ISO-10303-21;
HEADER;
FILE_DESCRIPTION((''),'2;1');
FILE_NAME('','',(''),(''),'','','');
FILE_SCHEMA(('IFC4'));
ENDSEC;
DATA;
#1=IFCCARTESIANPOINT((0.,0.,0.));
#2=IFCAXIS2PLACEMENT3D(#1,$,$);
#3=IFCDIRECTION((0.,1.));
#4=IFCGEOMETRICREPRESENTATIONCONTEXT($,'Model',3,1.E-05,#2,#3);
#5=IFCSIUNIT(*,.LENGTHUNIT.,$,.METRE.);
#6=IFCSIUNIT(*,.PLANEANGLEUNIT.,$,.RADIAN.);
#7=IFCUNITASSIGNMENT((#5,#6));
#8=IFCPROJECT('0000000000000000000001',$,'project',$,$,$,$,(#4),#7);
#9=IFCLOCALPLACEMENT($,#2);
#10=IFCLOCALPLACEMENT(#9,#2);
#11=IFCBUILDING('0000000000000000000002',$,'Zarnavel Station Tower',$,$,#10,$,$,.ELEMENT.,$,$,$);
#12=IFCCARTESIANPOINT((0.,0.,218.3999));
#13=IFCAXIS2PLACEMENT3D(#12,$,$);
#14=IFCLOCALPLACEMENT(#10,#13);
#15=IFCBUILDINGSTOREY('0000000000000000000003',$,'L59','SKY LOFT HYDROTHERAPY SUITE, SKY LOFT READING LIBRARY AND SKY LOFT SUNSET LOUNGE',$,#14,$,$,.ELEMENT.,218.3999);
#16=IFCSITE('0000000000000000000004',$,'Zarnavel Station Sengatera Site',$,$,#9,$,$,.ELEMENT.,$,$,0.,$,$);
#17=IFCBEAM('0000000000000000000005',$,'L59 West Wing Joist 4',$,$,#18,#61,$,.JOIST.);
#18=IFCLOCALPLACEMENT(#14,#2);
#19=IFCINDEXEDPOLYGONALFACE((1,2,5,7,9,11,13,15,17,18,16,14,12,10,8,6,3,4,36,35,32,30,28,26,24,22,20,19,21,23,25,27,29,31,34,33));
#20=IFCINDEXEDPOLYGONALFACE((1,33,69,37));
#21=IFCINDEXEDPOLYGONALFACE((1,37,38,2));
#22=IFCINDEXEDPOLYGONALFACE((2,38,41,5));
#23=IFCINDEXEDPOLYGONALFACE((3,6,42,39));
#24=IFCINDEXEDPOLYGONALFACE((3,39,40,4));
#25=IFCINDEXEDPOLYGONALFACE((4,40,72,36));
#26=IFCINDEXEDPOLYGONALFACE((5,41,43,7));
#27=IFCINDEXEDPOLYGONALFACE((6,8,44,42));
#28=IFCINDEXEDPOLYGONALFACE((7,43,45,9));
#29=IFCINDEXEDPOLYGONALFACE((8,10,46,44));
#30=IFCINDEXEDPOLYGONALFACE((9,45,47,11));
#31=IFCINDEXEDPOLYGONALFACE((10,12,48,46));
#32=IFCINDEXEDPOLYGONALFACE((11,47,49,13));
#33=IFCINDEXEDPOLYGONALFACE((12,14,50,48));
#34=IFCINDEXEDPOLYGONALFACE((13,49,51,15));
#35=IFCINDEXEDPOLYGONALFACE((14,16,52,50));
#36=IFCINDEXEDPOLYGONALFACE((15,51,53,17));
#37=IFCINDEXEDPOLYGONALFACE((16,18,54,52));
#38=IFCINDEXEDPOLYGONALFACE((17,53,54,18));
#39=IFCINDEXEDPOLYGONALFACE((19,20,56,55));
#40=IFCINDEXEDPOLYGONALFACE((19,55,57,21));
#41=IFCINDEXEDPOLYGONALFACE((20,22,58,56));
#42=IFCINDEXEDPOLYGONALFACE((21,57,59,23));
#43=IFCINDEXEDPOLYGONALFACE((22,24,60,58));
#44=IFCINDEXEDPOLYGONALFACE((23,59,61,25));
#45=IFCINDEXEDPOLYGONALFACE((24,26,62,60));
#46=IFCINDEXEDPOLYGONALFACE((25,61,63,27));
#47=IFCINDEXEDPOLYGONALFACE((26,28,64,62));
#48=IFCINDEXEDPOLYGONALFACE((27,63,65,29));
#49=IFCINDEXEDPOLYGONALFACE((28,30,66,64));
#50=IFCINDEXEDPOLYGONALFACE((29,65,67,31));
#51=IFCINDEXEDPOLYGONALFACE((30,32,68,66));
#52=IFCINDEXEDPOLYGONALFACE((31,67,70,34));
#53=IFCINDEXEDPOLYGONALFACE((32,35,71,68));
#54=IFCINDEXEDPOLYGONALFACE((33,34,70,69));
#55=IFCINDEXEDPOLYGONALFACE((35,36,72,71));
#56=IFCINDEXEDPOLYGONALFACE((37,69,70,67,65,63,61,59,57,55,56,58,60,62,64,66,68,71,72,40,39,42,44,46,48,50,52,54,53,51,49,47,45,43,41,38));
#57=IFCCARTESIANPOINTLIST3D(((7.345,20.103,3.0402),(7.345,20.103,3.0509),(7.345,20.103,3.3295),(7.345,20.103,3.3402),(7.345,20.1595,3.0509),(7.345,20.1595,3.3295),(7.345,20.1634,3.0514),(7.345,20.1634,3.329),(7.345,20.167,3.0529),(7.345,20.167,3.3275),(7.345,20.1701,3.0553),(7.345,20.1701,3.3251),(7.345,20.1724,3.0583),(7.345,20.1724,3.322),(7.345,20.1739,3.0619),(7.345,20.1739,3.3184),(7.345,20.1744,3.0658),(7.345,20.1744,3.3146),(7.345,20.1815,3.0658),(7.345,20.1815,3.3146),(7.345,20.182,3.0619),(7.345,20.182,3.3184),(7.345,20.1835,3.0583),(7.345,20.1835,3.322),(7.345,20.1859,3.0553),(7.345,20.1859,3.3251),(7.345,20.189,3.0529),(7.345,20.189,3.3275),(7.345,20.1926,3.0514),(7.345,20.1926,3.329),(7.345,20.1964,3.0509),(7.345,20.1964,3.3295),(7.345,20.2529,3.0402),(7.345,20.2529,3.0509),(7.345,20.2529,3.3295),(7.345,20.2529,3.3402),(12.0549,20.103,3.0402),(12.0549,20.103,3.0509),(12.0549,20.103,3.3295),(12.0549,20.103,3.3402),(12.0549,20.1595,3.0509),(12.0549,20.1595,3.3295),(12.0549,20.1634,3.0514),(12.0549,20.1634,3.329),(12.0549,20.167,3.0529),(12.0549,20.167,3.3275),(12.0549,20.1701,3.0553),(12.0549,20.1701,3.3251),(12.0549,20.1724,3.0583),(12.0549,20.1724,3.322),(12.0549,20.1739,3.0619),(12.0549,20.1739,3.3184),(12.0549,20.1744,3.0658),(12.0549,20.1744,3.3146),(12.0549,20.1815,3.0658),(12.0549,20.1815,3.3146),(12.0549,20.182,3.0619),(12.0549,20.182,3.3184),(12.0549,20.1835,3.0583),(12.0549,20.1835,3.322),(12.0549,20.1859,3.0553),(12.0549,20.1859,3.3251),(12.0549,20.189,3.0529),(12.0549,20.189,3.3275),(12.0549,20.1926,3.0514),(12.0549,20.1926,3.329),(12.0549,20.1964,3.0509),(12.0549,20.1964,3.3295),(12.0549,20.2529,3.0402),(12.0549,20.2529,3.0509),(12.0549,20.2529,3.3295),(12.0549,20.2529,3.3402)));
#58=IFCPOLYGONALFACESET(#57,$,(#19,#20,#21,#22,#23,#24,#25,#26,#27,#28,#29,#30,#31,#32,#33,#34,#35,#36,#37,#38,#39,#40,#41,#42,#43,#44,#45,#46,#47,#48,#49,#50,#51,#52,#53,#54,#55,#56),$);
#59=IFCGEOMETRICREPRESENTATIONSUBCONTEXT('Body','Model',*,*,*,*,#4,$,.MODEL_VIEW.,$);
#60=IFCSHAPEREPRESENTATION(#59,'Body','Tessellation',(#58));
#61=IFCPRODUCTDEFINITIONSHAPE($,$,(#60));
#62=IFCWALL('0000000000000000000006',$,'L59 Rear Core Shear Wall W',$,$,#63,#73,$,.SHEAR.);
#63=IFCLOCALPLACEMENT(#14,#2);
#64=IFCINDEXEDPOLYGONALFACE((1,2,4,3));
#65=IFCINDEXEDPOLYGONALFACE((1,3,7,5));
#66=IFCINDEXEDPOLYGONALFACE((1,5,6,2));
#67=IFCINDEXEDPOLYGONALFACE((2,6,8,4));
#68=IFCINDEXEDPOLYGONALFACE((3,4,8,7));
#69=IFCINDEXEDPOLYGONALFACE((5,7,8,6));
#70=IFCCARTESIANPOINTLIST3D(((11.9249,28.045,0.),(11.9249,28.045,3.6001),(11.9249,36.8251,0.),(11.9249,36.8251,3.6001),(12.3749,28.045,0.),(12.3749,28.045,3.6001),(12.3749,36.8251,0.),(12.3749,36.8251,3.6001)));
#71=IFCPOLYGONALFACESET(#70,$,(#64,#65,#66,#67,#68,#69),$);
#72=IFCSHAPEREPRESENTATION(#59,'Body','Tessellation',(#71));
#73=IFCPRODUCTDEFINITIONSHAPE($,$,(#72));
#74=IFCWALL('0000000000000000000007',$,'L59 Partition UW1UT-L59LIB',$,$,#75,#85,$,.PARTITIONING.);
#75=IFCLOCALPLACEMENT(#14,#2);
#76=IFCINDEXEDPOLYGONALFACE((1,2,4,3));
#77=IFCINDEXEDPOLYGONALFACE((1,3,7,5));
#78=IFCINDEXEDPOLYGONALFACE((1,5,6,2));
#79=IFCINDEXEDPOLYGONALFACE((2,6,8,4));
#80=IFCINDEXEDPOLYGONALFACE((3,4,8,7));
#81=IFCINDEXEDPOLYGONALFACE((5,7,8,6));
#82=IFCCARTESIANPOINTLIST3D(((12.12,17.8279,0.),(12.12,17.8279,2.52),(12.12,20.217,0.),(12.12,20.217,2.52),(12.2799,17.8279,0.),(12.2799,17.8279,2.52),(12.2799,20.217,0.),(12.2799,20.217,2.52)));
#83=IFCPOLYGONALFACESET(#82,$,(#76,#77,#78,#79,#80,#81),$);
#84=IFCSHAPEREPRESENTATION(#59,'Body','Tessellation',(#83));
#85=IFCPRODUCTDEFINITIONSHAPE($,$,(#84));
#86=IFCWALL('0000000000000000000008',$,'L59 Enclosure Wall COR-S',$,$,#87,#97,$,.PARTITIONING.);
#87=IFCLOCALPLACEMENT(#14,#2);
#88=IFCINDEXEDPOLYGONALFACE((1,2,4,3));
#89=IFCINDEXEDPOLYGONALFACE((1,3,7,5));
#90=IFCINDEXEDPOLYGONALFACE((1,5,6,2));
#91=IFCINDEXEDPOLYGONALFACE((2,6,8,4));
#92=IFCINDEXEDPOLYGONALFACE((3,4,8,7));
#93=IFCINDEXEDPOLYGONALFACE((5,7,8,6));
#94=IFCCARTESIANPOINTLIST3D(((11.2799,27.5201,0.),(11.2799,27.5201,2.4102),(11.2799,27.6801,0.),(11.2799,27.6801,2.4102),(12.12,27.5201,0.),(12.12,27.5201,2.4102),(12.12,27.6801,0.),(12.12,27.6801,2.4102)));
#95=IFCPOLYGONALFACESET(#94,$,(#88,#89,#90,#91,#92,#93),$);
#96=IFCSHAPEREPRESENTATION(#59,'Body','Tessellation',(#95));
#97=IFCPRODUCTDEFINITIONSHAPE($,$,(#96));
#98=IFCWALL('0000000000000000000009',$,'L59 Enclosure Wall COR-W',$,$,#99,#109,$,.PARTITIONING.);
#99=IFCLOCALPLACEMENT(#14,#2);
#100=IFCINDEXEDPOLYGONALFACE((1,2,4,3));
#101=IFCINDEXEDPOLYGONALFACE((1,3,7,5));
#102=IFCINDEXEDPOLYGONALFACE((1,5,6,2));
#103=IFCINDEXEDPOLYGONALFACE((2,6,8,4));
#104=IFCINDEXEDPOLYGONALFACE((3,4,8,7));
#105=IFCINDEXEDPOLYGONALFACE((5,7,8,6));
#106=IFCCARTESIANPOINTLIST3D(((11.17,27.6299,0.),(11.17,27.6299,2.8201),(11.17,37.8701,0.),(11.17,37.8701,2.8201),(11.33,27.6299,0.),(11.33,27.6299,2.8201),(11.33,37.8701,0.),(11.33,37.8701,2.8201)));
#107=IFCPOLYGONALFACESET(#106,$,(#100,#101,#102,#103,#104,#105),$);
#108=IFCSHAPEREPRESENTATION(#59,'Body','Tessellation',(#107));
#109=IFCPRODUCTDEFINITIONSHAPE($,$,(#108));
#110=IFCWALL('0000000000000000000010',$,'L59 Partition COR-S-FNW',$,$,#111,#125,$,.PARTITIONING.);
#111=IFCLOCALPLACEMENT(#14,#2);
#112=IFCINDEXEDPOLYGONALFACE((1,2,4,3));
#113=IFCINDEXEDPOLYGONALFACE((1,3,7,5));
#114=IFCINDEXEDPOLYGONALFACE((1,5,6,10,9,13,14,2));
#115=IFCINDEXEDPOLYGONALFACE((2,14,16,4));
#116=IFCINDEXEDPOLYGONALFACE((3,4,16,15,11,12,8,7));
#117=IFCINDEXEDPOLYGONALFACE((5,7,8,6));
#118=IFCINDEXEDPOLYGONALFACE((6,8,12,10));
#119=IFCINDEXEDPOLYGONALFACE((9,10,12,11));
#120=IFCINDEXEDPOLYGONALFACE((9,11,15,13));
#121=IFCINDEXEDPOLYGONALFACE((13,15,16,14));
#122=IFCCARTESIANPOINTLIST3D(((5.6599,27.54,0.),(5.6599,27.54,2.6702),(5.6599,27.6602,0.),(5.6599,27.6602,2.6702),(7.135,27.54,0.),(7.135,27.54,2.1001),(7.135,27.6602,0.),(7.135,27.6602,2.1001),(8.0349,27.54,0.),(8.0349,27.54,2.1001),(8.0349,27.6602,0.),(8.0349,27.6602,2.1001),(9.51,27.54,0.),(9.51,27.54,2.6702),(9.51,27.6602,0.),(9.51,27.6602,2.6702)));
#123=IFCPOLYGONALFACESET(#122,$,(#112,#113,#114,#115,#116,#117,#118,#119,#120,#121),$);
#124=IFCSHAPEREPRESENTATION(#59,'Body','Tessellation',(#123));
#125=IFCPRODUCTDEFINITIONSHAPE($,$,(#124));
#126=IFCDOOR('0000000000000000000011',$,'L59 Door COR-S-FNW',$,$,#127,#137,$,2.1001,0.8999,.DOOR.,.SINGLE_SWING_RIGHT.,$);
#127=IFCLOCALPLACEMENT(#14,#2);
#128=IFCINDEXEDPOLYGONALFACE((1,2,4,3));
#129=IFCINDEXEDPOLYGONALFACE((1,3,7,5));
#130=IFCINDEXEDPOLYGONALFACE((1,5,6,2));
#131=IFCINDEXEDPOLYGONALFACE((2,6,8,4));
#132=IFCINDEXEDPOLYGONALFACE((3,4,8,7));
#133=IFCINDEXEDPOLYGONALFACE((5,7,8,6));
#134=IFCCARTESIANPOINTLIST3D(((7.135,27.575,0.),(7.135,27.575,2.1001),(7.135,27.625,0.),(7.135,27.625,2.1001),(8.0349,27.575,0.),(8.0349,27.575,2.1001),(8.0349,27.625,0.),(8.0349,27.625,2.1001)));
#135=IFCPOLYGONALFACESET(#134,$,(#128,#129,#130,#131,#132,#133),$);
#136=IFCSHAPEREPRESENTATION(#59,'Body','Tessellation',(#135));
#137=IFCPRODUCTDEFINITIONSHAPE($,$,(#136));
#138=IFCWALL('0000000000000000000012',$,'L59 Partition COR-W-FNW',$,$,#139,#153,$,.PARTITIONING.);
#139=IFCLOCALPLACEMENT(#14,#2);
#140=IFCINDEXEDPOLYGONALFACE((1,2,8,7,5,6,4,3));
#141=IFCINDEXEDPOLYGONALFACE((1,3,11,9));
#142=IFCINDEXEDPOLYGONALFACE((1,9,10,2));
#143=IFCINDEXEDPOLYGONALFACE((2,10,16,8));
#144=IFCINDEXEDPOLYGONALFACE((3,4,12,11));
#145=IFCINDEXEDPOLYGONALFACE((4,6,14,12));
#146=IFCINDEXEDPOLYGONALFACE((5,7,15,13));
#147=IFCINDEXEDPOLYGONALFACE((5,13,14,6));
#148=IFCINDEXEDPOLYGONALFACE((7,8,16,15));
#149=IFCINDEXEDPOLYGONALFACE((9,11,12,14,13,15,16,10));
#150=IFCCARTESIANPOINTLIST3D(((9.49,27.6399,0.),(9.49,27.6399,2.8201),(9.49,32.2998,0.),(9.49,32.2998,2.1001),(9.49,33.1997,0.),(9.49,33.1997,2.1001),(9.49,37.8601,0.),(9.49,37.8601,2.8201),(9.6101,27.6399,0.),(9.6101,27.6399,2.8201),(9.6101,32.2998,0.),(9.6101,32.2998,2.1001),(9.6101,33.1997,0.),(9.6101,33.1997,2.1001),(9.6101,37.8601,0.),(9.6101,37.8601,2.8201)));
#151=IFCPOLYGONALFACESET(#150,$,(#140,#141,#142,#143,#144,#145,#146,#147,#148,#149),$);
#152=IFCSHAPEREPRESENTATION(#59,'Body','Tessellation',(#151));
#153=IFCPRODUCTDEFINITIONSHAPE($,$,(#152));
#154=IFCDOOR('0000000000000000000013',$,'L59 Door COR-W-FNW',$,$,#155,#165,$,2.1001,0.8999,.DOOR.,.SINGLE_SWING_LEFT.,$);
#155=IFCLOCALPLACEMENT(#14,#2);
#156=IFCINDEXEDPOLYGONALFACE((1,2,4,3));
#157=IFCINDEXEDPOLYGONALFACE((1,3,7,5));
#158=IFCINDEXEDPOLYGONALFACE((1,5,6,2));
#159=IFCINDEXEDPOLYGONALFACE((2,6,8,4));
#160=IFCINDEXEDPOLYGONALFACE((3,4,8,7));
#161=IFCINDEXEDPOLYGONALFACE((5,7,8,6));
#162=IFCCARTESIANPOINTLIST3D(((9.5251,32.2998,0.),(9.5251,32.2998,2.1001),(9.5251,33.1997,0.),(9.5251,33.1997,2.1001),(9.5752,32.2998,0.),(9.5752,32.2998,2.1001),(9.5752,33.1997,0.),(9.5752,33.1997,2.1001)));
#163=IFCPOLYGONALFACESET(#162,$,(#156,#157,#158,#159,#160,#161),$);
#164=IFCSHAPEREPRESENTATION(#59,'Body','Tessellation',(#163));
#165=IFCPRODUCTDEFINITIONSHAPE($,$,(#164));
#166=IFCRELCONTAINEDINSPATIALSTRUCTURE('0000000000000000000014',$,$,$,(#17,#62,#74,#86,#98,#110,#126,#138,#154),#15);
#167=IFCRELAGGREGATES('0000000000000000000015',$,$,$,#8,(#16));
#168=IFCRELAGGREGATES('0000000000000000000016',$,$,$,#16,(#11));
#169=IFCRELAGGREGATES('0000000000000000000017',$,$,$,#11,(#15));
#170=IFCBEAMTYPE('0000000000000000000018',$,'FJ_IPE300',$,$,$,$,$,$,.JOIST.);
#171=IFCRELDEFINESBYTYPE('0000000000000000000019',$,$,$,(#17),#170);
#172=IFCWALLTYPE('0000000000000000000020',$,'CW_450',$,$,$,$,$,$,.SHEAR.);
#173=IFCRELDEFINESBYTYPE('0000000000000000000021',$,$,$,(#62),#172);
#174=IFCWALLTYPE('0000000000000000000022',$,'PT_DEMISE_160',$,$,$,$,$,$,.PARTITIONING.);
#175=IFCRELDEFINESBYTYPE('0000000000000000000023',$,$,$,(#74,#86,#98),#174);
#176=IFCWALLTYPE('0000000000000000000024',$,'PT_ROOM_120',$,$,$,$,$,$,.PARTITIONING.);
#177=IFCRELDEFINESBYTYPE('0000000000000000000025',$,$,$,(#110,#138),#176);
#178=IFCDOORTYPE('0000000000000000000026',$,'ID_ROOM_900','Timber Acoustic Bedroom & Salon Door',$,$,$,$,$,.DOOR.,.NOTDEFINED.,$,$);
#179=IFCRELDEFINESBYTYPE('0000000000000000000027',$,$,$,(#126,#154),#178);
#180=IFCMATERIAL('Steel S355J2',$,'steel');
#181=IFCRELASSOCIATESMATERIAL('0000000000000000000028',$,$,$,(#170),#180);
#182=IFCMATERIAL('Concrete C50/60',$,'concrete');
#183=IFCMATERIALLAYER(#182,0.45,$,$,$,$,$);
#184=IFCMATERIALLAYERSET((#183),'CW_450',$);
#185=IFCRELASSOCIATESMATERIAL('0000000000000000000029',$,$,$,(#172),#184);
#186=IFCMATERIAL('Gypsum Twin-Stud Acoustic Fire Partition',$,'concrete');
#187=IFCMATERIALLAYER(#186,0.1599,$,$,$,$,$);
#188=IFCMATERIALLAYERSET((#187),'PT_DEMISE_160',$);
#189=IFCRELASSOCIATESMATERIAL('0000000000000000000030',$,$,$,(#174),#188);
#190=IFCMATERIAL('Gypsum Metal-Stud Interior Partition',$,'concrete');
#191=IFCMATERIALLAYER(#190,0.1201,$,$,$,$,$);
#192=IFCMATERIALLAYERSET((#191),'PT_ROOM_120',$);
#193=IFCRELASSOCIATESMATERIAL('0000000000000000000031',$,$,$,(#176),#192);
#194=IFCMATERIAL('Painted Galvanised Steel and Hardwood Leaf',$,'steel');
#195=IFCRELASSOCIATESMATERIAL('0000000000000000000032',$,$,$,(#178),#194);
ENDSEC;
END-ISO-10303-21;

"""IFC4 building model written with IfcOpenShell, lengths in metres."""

from ifc_helpers import new_model, si_unit, direction, frame, frame_2d, origin, origin_2d, place, context, subcontext, project, spatial, rectangle, i_section, extrude, material, layer, layer_set, material_profile, profile_set, type_object, element, fill, save


model = new_model("IFC4")

# Units and contexts
model_context = context("Model", 3, precision=1e-05, world=origin(), true_north=direction((0.0, 1.0)))
body_context = subcontext(model_context, "Body", "Model", "MODEL_VIEW")
ifc_project = project(units=[si_unit("LENGTHUNIT", "METRE"), si_unit("PLANEANGLEUNIT", "RADIAN")], contexts=[model_context])

# Site, building, storey
site_placement = place(None, origin())
site = spatial("IfcSite", under=ifc_project, at=site_placement, Name="Zarnavel Station Sengatera Site", CompositionType="ELEMENT", RefElevation=0.0)
building_placement = place(site_placement, origin())
building = spatial("IfcBuilding", under=site, at=building_placement, Name="Zarnavel Station Tower", CompositionType="ELEMENT")
storey_placement = place(building_placement, frame((0.0, 0.0, 218.3999)))
storey = spatial("IfcBuildingStorey", under=building, at=storey_placement, Name="L59", Description="SKY LOFT HYDROTHERAPY SUITE, SKY LOFT READING LIBRARY AND SKY LOFT SUNSET LOUNGE", CompositionType="ELEMENT", Elevation=218.3999)

# Beam
ifc_material_1 = material(Name="Steel S355J2", Category="steel")
ifc_material_profile_1 = material_profile(ifc_material_1, i_section(OverallWidth=0.1499, OverallDepth=0.3, WebThickness=0.0071, FlangeThickness=0.0107, FilletRadius=0.0149, at=origin_2d()), Name="IPE300")
ifc_profile_set_1 = profile_set([ifc_material_profile_1], Name="Steel S355J2")
beam_type_1 = type_object("IfcBeamType", Name="FJ_IPE300", PredefinedType="JOIST", material=ifc_profile_set_1)
for number, where, z_axis, x_axis, name in (
    (1, (7.345, 20.178, 3.1902), (1.0, 0.0, 0.0), (0.0, 1.0, 0.0), "L59 West Wing Joist 4"),
):
    element("IfcBeam", number, at=place(storey_placement, frame(where, z_axis=z_axis, x_axis=x_axis)), inside=storey, type_object=beam_type_1, Name=name, PredefinedType="JOIST", context=body_context, shape_type="SweptSolid", body=[
        extrude(i_section(OverallWidth=0.1499, OverallDepth=0.3, WebThickness=0.0071, FlangeThickness=0.0107, FilletRadius=0.0149, at=origin_2d()), origin(), (0.0, 0.0, 1.0), 4.71),
    ])

# Wall
ifc_material_2 = material(Name="Concrete C50/60", Category="concrete")
ifc_layer_1 = layer(ifc_material_2, 0.45)
ifc_layer_set_1 = layer_set([ifc_layer_1], Name="CW_450")
wall_type_1 = type_object("IfcWallType", Name="CW_450", PredefinedType="SHEAR", material=ifc_layer_set_1)
wall_1_placement = place(storey_placement, frame((12.1499, 28.0449, 0.0), z_axis=(0.0, 0.0, 1.0), x_axis=(0.0, 1.0, 0.0)))
element("IfcWall", 2, at=wall_1_placement, inside=storey, type_object=wall_type_1, Name="L59 Rear Core Shear Wall W", PredefinedType="SHEAR", context=body_context, shape_type="SweptSolid", body=[
    extrude(rectangle(XDim=8.78, YDim=0.45, at=frame_2d((4.3901, 0.0))), origin(), (0.0, 0.0, 1.0), 3.6001),
])

# Shared definitions
ifc_material_3 = material(Name="Gypsum Twin-Stud Acoustic Fire Partition", Category="concrete")
ifc_layer_2 = layer(ifc_material_3, 0.1599)
ifc_layer_set_2 = layer_set([ifc_layer_2], Name="PT_DEMISE_160")
wall_type_2 = type_object("IfcWallType", Name="PT_DEMISE_160", PredefinedType="PARTITIONING", material=ifc_layer_set_2)

# Walls
wall_2_placement = place(storey_placement, frame((12.2, 17.8279, 0.0), z_axis=(0.0, 0.0, 1.0), x_axis=(0.0, 1.0, 0.0)))
element("IfcWall", 3, at=wall_2_placement, inside=storey, type_object=wall_type_2, Name="L59 Partition UW1UT-L59LIB", PredefinedType="PARTITIONING", context=body_context, shape_type="SweptSolid", body=[
    extrude(rectangle(XDim=2.3892, YDim=0.1599, at=frame_2d((1.1946, 0.0))), origin(), (0.0, 0.0, 1.0), 2.52),
])
wall_3_placement = place(storey_placement, frame((11.28, 27.6001, 0.0), z_axis=(0.0, 0.0, 1.0), x_axis=(1.0, 0.0, 0.0)))
element("IfcWall", 4, at=wall_3_placement, inside=storey, type_object=wall_type_2, Name="L59 Enclosure Wall COR-S", PredefinedType="PARTITIONING", context=body_context, shape_type="SweptSolid", body=[
    extrude(rectangle(XDim=0.8401, YDim=0.1599, at=frame_2d((0.4199, 0.0))), origin(), (0.0, 0.0, 1.0), 2.4102),
])
wall_4_placement = place(storey_placement, frame((11.25, 27.6299, 0.0), z_axis=(0.0, 0.0, 1.0), x_axis=(0.0, 1.0, 0.0)))
element("IfcWall", 5, at=wall_4_placement, inside=storey, type_object=wall_type_2, Name="L59 Enclosure Wall COR-W", PredefinedType="PARTITIONING", context=body_context, shape_type="SweptSolid", body=[
    extrude(rectangle(XDim=10.2402, YDim=0.1599, at=frame_2d((5.1201, 0.0))), origin(), (0.0, 0.0, 1.0), 2.8201),
])

# Walls, openings, doors
ifc_material_4 = material(Name="Gypsum Metal-Stud Interior Partition", Category="concrete")
ifc_layer_3 = layer(ifc_material_4, 0.1201)
ifc_layer_set_3 = layer_set([ifc_layer_3], Name="PT_ROOM_120")
wall_type_3 = type_object("IfcWallType", Name="PT_ROOM_120", PredefinedType="PARTITIONING", material=ifc_layer_set_3)
wall_5_placement = place(storey_placement, frame((5.6599, 27.6001, 0.0), z_axis=(0.0, 0.0, 1.0), x_axis=(1.0, 0.0, 0.0)))
wall_5 = element("IfcWall", 6, at=wall_5_placement, inside=storey, type_object=wall_type_3, Name="L59 Partition COR-S-FNW", PredefinedType="PARTITIONING", context=body_context, shape_type="SweptSolid", body=[
    extrude(rectangle(XDim=3.8501, YDim=0.1201, at=frame_2d((1.925, 0.0))), origin(), (0.0, 0.0, 1.0), 2.6702),
])
opening_1_placement = place(wall_5_placement, frame((1.4751, 0.0, 0.0)))
opening_1 = element("IfcOpeningElement", 7, at=opening_1_placement, cuts=wall_5, PredefinedType="OPENING", context=body_context, shape_type="SweptSolid", body=[
    extrude(rectangle(XDim=0.8999, YDim=2.1001, at=frame_2d((0.45, 1.05))), frame((0.0, 0.0701, 0.0), z_axis=(0.0, -1.0, 0.0), x_axis=(1.0, 0.0, 0.0)), (0.0, 0.0, 1.0), 0.1401),
])
ifc_material_5 = material(Name="Painted Galvanised Steel and Hardwood Leaf", Category="steel")
door_type_1 = type_object("IfcDoorType", Name="ID_ROOM_900", Description="Timber Acoustic Bedroom & Salon Door", OperationType="NOTDEFINED", PredefinedType="DOOR", material=ifc_material_5)
door_1_placement = place(opening_1_placement, origin())
door_1 = element("IfcDoor", 8, at=door_1_placement, inside=storey, type_object=door_type_1, Name="L59 Door COR-S-FNW", OperationType="SINGLE_SWING_RIGHT", OverallHeight=2.1001, OverallWidth=0.8999, PredefinedType="DOOR", context=body_context, shape_type="SweptSolid", body=[
    extrude(rectangle(XDim=0.8999, YDim=2.1001, at=frame_2d((0.45, 1.05))), frame((0.0, 0.0249, 0.0), z_axis=(0.0, -1.0, 0.0), x_axis=(1.0, 0.0, 0.0)), (0.0, 0.0, 1.0), 0.05),
])
fill(opening_1, door_1)
wall_6_placement = place(storey_placement, frame((9.55, 27.6399, 0.0), z_axis=(0.0, 0.0, 1.0), x_axis=(0.0, 1.0, 0.0)))
wall_6 = element("IfcWall", 9, at=wall_6_placement, inside=storey, type_object=wall_type_3, Name="L59 Partition COR-W-FNW", PredefinedType="PARTITIONING", context=body_context, shape_type="SweptSolid", body=[
    extrude(rectangle(XDim=10.2202, YDim=0.1201, at=frame_2d((5.1101, 0.0))), origin(), (0.0, 0.0, 1.0), 2.8201),
])
opening_2_placement = place(wall_6_placement, frame((4.6599, 0.0, 0.0)))
opening_2 = element("IfcOpeningElement", 10, at=opening_2_placement, cuts=wall_6, PredefinedType="OPENING", context=body_context, shape_type="SweptSolid", body=[
    extrude(rectangle(XDim=0.8999, YDim=2.1001, at=frame_2d((0.45, 1.05))), frame((0.0, 0.0701, 0.0), z_axis=(0.0, -1.0, 0.0), x_axis=(1.0, 0.0, 0.0)), (0.0, 0.0, 1.0), 0.1401),
])
door_2_placement = place(opening_2_placement, origin())
door_2 = element("IfcDoor", 11, at=door_2_placement, inside=storey, type_object=door_type_1, Name="L59 Door COR-W-FNW", OperationType="SINGLE_SWING_LEFT", OverallHeight=2.1001, OverallWidth=0.8999, PredefinedType="DOOR", context=body_context, shape_type="SweptSolid", body=[
    extrude(rectangle(XDim=0.8999, YDim=2.1001, at=frame_2d((0.45, 1.05))), frame((0.0, 0.0249, 0.0), z_axis=(0.0, -1.0, 0.0), x_axis=(1.0, 0.0, 0.0)), (0.0, 0.0, 1.0), 0.05),
])
fill(opening_2, door_2)

save(model, "model.ifc")
